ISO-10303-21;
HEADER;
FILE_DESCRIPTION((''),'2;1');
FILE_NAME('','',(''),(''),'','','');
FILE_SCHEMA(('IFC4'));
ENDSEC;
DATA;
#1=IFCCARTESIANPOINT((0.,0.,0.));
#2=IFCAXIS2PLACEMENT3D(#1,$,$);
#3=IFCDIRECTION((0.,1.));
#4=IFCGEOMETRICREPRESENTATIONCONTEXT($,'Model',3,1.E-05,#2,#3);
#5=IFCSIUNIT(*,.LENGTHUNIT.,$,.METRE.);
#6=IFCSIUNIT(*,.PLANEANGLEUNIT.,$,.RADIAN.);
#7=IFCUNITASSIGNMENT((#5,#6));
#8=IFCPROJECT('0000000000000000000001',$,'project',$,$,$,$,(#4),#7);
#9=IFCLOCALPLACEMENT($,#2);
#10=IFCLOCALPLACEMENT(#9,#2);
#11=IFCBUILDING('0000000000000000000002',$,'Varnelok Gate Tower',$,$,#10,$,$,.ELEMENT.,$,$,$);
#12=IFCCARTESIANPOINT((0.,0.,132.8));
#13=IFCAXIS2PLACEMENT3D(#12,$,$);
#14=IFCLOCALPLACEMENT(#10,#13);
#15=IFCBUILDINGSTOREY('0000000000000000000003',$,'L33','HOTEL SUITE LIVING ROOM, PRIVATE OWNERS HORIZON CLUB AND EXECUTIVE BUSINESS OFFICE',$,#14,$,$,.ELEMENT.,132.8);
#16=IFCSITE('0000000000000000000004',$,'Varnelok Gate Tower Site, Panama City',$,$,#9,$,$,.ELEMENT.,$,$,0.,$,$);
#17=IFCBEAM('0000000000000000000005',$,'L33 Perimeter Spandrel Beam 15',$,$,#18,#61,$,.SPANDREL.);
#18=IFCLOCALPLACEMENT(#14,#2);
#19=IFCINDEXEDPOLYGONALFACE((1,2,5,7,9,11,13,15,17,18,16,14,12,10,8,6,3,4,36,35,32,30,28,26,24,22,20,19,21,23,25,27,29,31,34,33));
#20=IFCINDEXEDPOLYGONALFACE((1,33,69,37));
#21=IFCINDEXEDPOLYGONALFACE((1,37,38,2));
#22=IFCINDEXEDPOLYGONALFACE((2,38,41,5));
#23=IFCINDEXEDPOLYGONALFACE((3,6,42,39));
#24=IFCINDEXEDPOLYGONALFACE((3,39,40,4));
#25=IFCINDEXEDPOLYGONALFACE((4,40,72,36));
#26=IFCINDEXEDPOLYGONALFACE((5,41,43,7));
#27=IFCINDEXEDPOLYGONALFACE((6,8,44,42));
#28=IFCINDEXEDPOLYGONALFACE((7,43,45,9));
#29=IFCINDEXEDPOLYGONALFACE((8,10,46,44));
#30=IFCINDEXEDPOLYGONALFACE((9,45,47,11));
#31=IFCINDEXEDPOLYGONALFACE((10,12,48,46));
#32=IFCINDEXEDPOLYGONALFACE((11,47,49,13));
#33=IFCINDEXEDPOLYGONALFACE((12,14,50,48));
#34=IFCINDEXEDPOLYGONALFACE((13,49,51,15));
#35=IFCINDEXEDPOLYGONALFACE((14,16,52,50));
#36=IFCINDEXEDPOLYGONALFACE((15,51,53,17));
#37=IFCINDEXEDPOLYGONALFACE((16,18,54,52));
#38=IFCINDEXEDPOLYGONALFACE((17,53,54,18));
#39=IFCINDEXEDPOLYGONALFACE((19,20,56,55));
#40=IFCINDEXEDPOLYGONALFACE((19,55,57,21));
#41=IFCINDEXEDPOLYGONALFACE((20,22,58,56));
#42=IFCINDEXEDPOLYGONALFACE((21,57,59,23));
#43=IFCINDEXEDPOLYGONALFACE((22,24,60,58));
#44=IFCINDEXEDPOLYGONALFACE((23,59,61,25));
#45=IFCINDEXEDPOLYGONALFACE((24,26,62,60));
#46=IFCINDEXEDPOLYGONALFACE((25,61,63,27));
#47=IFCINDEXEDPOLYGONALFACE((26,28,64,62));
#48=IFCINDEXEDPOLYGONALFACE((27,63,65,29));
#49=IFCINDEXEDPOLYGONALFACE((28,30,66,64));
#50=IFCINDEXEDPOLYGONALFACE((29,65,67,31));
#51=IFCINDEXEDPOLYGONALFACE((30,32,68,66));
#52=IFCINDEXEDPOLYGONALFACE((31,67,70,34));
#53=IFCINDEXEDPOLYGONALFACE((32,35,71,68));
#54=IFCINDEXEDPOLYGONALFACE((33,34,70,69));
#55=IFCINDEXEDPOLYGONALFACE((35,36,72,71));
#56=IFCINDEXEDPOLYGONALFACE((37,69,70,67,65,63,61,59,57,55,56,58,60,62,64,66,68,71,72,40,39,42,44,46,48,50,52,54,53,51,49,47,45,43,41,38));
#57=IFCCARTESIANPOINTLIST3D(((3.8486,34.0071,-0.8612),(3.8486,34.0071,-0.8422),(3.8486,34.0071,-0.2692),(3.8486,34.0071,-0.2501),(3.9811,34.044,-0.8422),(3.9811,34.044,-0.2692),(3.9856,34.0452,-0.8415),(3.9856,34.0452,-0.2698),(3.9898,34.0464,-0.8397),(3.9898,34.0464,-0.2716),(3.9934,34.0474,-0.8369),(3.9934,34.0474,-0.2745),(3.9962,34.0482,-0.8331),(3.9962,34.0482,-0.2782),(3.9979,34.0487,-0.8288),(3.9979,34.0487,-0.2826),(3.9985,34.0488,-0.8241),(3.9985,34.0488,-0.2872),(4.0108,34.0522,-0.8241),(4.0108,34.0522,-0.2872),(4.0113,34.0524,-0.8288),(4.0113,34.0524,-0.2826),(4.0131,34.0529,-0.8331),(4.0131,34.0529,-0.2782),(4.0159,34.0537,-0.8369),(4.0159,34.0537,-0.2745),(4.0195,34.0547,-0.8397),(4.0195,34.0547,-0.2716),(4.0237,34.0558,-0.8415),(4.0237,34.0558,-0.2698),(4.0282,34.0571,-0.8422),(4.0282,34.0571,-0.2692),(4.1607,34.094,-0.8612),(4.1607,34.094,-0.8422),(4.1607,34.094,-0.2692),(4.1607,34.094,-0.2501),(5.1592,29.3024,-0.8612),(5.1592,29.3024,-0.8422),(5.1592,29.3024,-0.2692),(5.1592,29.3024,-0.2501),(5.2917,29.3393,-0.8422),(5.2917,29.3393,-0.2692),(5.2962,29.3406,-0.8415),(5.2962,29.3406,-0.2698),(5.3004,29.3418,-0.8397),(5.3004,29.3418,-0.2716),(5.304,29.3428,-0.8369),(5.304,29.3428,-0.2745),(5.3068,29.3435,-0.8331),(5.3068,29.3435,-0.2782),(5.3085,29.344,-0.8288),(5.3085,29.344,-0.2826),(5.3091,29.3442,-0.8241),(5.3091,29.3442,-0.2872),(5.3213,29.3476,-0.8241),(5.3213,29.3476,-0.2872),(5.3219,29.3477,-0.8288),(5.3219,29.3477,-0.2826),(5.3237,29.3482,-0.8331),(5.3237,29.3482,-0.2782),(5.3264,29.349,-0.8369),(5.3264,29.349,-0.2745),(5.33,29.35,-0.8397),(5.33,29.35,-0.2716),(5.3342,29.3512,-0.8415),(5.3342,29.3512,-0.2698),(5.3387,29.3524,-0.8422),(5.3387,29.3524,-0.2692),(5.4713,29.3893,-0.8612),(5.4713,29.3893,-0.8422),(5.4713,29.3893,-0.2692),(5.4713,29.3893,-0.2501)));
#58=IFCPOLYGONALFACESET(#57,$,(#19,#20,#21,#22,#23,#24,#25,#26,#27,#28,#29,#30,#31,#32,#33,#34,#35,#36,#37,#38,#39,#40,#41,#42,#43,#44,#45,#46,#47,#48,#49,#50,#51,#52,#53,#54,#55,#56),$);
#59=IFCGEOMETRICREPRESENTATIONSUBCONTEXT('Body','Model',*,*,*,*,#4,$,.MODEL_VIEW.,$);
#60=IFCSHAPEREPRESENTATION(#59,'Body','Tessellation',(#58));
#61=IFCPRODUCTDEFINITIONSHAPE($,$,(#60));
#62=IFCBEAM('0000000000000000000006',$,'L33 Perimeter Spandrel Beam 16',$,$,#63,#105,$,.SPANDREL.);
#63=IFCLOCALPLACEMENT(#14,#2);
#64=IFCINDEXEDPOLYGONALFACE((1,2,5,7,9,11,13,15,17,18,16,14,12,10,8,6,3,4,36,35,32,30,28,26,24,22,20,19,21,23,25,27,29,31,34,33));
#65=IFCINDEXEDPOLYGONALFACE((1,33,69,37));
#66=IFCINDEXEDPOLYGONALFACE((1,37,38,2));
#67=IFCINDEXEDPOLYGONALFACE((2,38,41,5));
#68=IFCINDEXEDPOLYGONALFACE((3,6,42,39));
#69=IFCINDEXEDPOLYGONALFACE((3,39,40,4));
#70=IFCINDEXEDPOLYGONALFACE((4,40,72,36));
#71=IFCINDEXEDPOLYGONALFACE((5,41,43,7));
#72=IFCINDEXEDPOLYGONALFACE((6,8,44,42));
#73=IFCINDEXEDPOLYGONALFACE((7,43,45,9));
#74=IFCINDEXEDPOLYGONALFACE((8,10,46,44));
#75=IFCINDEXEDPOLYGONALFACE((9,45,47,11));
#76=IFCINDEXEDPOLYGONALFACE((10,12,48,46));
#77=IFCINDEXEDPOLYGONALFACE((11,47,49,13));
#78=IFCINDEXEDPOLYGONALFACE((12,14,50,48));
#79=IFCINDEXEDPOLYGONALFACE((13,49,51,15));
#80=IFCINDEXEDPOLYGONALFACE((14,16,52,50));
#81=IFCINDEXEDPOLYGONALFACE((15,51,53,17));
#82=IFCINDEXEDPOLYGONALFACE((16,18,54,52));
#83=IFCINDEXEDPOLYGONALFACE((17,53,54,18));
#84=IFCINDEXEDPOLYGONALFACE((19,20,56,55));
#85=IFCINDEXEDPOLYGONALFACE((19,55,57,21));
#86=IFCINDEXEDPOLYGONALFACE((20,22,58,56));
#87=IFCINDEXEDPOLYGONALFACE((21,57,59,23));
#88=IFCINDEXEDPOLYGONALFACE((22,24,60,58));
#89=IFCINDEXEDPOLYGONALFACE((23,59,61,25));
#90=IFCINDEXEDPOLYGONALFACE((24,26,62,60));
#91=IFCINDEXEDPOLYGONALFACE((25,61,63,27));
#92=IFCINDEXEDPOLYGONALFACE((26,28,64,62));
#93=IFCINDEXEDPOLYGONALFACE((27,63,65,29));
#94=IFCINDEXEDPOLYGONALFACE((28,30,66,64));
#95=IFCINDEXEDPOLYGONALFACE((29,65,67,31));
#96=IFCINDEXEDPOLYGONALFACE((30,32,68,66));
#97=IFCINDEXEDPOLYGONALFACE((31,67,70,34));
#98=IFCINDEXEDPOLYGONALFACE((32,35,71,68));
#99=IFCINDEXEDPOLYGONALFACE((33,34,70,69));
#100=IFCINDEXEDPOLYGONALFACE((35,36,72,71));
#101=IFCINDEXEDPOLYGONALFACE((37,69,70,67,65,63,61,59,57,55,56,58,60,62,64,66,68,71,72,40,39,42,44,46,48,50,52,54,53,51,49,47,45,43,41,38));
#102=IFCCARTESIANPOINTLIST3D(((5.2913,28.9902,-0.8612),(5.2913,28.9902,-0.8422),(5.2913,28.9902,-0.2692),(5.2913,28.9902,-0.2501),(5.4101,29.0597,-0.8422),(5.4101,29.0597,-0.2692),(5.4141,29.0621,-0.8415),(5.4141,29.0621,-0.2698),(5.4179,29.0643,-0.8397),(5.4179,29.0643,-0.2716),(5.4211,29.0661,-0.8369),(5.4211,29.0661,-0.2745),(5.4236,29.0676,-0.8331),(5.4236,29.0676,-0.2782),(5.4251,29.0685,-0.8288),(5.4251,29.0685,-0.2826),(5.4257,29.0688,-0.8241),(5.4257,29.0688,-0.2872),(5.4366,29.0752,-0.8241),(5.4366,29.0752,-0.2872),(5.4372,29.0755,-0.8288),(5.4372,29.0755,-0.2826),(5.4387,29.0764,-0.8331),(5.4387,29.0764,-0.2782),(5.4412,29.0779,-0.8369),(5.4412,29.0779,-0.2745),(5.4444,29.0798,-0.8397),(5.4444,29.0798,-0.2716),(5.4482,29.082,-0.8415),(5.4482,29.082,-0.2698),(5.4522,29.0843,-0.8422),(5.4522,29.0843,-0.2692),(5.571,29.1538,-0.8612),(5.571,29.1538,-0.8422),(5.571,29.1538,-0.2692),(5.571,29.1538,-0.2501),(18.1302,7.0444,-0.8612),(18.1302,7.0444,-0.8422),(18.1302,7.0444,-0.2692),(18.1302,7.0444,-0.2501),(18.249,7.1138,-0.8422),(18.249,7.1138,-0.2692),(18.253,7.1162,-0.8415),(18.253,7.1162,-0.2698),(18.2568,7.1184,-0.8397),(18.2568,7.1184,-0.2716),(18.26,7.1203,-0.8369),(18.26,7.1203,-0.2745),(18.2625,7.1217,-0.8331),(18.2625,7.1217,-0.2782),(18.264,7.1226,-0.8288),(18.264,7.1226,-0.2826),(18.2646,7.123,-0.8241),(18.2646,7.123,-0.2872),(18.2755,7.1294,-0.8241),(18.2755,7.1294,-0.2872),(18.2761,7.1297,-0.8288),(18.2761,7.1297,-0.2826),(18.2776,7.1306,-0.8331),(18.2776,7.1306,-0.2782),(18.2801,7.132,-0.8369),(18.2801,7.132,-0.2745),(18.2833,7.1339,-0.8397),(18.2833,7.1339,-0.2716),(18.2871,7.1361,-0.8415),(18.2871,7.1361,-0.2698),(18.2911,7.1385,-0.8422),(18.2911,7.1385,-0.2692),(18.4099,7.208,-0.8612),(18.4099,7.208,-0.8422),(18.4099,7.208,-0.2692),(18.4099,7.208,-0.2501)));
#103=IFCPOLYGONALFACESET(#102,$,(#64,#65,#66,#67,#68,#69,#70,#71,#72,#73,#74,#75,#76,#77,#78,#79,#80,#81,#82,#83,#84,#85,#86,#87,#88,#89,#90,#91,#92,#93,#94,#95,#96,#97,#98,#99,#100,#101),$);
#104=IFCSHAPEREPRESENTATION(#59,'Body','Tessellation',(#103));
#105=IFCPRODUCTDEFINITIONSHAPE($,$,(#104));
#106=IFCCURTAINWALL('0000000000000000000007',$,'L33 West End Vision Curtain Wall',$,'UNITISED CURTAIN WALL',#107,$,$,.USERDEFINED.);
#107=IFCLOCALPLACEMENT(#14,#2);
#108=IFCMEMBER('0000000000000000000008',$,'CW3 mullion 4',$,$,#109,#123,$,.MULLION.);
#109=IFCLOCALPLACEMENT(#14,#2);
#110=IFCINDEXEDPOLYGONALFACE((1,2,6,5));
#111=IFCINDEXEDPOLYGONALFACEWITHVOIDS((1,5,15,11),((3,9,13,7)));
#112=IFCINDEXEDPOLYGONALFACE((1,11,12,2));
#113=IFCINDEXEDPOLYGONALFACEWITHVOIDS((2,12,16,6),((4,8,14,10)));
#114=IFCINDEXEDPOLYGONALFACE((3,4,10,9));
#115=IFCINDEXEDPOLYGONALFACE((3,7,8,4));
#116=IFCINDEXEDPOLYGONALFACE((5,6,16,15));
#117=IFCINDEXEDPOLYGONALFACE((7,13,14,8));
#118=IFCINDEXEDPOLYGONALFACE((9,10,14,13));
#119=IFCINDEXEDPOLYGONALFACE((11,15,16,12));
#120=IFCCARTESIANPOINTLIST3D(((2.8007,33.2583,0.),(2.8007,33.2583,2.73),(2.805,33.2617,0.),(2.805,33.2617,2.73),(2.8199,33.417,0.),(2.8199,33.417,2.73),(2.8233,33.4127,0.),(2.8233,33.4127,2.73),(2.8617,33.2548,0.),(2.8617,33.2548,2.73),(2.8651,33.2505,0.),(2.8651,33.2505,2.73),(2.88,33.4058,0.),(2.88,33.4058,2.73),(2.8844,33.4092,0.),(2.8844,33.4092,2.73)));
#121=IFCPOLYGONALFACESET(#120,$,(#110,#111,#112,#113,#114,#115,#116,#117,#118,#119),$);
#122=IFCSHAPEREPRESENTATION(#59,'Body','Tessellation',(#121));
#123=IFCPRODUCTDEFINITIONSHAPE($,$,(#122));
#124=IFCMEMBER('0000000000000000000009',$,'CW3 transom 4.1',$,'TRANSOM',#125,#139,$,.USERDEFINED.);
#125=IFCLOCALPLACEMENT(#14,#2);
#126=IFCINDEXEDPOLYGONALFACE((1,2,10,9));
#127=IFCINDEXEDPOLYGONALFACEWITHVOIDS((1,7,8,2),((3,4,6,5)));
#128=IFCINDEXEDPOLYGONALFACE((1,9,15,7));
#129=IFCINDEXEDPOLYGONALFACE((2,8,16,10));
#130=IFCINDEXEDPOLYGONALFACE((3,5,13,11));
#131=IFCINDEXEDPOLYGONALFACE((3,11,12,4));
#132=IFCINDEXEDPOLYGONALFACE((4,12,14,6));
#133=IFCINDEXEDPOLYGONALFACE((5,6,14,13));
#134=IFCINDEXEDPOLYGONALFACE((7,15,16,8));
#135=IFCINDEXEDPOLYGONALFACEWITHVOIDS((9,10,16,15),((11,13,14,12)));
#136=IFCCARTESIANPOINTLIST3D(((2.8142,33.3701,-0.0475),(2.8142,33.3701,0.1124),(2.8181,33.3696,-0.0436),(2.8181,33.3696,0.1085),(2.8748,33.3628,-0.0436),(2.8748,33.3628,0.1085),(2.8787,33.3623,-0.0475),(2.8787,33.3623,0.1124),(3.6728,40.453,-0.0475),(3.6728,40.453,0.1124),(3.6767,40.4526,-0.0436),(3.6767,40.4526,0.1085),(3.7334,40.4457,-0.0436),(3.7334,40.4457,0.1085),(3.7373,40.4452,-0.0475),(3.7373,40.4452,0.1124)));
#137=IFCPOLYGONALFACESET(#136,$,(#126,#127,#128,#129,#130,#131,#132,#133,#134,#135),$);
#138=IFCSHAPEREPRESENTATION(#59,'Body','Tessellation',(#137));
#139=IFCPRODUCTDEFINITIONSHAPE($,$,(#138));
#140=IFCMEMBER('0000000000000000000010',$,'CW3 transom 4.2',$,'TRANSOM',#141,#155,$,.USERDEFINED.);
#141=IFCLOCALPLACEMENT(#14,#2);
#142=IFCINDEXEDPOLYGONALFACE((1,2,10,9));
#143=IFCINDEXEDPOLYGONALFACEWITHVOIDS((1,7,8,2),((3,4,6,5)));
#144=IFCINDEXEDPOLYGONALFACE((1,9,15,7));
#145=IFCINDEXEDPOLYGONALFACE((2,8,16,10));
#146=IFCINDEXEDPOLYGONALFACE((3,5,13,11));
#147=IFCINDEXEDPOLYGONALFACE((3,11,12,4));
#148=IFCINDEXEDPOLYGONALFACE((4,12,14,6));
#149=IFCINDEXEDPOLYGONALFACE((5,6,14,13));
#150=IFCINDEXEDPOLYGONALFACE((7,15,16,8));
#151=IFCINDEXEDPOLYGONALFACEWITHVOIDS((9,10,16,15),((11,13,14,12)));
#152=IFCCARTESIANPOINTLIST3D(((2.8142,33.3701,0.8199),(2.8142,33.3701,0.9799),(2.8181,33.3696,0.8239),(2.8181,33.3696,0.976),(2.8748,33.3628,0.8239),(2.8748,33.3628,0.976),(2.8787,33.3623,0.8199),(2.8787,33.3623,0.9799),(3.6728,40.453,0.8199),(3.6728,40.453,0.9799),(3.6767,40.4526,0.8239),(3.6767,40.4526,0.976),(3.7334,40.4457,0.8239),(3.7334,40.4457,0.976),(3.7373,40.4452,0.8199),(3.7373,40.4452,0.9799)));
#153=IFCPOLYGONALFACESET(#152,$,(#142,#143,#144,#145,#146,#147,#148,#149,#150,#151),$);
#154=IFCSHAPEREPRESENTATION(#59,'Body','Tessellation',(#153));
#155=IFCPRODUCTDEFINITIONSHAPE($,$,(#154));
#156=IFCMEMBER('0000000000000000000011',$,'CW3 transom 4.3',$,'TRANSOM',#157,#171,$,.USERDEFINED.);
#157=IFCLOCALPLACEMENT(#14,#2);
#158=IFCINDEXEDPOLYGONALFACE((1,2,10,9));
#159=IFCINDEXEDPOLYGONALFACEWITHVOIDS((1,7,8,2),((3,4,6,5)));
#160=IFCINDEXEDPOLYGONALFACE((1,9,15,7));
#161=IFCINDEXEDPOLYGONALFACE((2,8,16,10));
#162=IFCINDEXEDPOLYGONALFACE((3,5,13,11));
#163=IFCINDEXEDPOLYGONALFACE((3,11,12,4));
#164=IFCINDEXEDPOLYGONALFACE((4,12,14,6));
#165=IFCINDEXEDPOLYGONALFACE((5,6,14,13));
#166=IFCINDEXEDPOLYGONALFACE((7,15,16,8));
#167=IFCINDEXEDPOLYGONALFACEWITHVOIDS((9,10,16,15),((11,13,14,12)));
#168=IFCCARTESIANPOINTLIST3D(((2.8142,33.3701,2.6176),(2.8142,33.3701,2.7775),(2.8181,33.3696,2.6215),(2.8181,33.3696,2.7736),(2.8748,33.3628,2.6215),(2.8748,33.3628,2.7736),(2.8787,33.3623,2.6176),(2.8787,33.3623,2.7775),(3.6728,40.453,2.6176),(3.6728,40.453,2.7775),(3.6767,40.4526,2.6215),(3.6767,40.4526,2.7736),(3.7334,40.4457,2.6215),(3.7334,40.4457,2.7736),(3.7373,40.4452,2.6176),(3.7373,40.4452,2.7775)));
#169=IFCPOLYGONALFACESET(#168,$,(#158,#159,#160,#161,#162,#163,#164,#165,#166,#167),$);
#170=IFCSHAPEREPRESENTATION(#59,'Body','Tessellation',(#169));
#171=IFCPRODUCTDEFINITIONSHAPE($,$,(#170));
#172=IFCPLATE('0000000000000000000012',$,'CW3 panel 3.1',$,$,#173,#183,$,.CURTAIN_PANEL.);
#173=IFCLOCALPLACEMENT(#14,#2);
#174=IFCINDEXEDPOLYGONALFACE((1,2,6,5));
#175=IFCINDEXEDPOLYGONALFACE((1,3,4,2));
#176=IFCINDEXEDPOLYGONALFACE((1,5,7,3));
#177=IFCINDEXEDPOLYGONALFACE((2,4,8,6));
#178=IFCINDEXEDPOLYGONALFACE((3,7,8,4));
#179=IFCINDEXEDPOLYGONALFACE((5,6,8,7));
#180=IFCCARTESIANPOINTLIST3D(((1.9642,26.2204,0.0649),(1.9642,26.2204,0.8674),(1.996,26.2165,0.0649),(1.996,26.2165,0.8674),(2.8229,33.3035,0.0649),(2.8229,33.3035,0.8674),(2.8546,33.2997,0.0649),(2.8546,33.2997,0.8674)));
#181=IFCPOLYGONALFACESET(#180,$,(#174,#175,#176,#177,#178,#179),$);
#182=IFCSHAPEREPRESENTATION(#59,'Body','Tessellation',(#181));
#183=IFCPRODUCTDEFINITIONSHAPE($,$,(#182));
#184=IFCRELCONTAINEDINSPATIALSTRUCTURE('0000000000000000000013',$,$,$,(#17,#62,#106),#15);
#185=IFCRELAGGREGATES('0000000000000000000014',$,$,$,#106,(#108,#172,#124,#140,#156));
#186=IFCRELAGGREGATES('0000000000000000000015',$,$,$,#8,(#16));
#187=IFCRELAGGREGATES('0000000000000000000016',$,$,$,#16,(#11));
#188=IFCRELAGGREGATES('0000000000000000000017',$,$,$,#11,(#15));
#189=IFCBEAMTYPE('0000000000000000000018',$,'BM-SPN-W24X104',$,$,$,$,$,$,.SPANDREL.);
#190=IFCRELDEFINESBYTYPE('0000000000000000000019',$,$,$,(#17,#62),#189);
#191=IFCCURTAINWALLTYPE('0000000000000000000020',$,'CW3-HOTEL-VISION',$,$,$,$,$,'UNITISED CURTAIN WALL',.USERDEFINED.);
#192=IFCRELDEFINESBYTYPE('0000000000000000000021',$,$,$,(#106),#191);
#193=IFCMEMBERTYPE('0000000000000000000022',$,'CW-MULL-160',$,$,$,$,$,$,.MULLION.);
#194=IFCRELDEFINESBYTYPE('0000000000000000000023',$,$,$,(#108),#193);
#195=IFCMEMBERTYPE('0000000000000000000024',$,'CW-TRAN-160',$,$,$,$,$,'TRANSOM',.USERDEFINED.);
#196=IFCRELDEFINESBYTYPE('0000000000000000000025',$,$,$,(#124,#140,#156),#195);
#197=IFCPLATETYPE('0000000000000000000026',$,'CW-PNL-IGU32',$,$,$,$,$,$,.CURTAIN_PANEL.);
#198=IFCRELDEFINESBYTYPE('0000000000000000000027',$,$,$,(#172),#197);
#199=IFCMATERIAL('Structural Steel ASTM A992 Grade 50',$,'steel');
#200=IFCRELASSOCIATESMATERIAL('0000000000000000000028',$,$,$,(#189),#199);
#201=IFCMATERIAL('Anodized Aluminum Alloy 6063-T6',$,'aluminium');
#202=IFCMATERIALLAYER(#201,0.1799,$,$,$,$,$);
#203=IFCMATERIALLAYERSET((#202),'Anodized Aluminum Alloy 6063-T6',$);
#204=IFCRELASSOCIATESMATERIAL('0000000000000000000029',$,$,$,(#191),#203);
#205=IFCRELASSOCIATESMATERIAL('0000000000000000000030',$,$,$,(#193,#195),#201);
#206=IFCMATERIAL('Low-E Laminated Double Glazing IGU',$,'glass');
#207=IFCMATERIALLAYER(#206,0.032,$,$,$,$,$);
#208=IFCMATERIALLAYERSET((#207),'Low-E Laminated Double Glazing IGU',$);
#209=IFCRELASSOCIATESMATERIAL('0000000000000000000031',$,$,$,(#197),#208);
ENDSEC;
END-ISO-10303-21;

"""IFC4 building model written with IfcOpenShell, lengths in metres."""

from ifc_helpers import new_model, si_unit, direction, frame, origin, origin_2d, place, context, subcontext, project, spatial, rectangle, hollow_rectangle, i_section, extrude, source, transform, mapped, material, layer, layer_set, material_profile, profile_set, type_object, element, aggregate, save


model = new_model("IFC4")

# Units and contexts
model_context = context("Model", 3, precision=1e-05, world=origin(), true_north=direction((0.0, 1.0)))
body_context = subcontext(model_context, "Body", "Model", "MODEL_VIEW")
ifc_project = project(units=[si_unit("LENGTHUNIT", "METRE"), si_unit("PLANEANGLEUNIT", "RADIAN")], contexts=[model_context])

# Site, building, storey
site_placement = place(None, origin())
site = spatial("IfcSite", under=ifc_project, at=site_placement, Name="Varnelok Gate Tower Site, Panama City", CompositionType="ELEMENT", RefElevation=0.0)
building_placement = place(site_placement, origin())
building = spatial("IfcBuilding", under=site, at=building_placement, Name="Varnelok Gate Tower", CompositionType="ELEMENT")
storey_placement = place(building_placement, frame((0.0, 0.0, 132.8)))
storey = spatial("IfcBuildingStorey", under=building, at=storey_placement, Name="L33", Description="HOTEL SUITE LIVING ROOM, PRIVATE OWNERS HORIZON CLUB AND EXECUTIVE BUSINESS OFFICE", CompositionType="ELEMENT", Elevation=132.8)

# Shared definitions
ifc_material_1 = material(Name="Structural Steel ASTM A992 Grade 50", Category="steel")

# Beams
ifc_material_profile_1 = material_profile(ifc_material_1, i_section(OverallWidth=0.324, OverallDepth=0.6111, WebThickness=0.0127, FlangeThickness=0.019, FilletRadius=0.0181, at=origin_2d()), Name="W24X104")
ifc_profile_set_1 = profile_set([ifc_material_profile_1], Name="Structural Steel ASTM A992 Grade 50")
beam_type_1 = type_object("IfcBeamType", Name="BM-SPN-W24X104", PredefinedType="SPANDREL", material=ifc_profile_set_1)
beam_1_placement = place(storey_placement, frame((4.0046, 34.0505, -0.5557), z_axis=(0.26835, -0.963321, 0.0), x_axis=(0.963321, 0.26835, 0.0)))
element("IfcBeam", 1, at=beam_1_placement, inside=storey, type_object=beam_type_1, Name="L33 Perimeter Spandrel Beam 15", PredefinedType="SPANDREL", context=body_context, shape_type="SweptSolid", body=[
    extrude(i_section(OverallWidth=0.324, OverallDepth=0.6111, WebThickness=0.0127, FlangeThickness=0.019, FilletRadius=0.0181, at=origin_2d()), origin(), (0.0, 0.0, 1.0), 4.8838),
])
beam_2_placement = place(storey_placement, frame((5.4312, 29.072, -0.5557), z_axis=(0.504961, -0.863142, 0.0), x_axis=(0.863142, 0.504961, 0.0)))
element("IfcBeam", 2, at=beam_2_placement, inside=storey, type_object=beam_type_1, Name="L33 Perimeter Spandrel Beam 16", PredefinedType="SPANDREL", context=body_context, shape_type="SweptSolid", body=[
    extrude(i_section(OverallWidth=0.324, OverallDepth=0.6111, WebThickness=0.0127, FlangeThickness=0.019, FilletRadius=0.0181, at=origin_2d()), origin(), (0.0, 0.0, 1.0), 25.4255),
])

# Curtain wall, members, plate
ifc_material_2 = material(Name="Anodized Aluminum Alloy 6063-T6", Category="aluminium")
ifc_layer_1 = layer(ifc_material_2, 0.1799)
ifc_layer_set_1 = layer_set([ifc_layer_1], Name="Anodized Aluminum Alloy 6063-T6")
curtain_wall_type = type_object("IfcCurtainWallType", Name="CW3-HOTEL-VISION", ElementType="UNITISED CURTAIN WALL", PredefinedType="USERDEFINED", material=ifc_layer_set_1)
curtain_wall_placement = place(storey_placement, origin())
curtain_wall = element("IfcCurtainWall", 3, at=curtain_wall_placement, inside=storey, type_object=curtain_wall_type, Name="L33 West End Vision Curtain Wall", ObjectType="UNITISED CURTAIN WALL", PredefinedType="USERDEFINED")
ifc_material_profile_2 = material_profile(ifc_material_2, hollow_rectangle(XDim=0.0649, YDim=0.1599, WallThickness=0.0039, at=origin_2d()), Name="ALU160X65X4")
ifc_profile_set_2 = profile_set([ifc_material_profile_2], Name="Anodized Aluminum Alloy 6063-T6")
member_type_1 = type_object("IfcMemberType", Name="CW-MULL-160", PredefinedType="MULLION", material=ifc_profile_set_2)
member_1_placement = place(storey_placement, frame((2.8425, 33.3337, 0.0), z_axis=(0.0, 0.0, 1.0), x_axis=(-0.992732, 0.120347, 0.0)))
member_1 = element("IfcMember", 4, at=member_1_placement, type_object=member_type_1, Name="CW3 mullion 4", PredefinedType="MULLION", context=body_context, shape_type="SweptSolid", body=[
    extrude(hollow_rectangle(XDim=0.0649, YDim=0.1599, WallThickness=0.0039, at=origin_2d()), origin(), (0.0, 0.0, 1.0), 2.73),
])
ifc_material_profile_3 = material_profile(ifc_material_2, hollow_rectangle(XDim=0.0649, YDim=0.1599, WallThickness=0.0039, at=origin_2d()), Name="ALU160X65X4")
ifc_profile_set_3 = profile_set([ifc_material_profile_3], Name="Anodized Aluminum Alloy 6063-T6")
member_type_2 = type_object("IfcMemberType", Name="CW-TRAN-160", ElementType="TRANSOM", PredefinedType="USERDEFINED", material=ifc_profile_set_3)
member_2_placement = place(storey_placement, frame((2.8464, 33.3662, 0.0325), z_axis=(0.120345, 0.992732, 0.0), x_axis=(-0.992732, 0.120345, 0.0)))
member_2 = element("IfcMember", 5, at=member_2_placement, type_object=member_type_2, Name="CW3 transom 4.1", ObjectType="TRANSOM", PredefinedType="USERDEFINED", context=body_context, shape_type="SweptSolid", body=[
    extrude(hollow_rectangle(XDim=0.0649, YDim=0.1599, WallThickness=0.0039, at=origin_2d()), origin(), (0.0, 0.0, 1.0), 7.1348),
])
member_3_placement = place(storey_placement, frame((2.8464, 33.3662, 0.8999), z_axis=(0.120345, 0.992732, 0.0), x_axis=(-0.992732, 0.120345, 0.0)))
member_3 = element("IfcMember", 6, at=member_3_placement, type_object=member_type_2, Name="CW3 transom 4.2", ObjectType="TRANSOM", PredefinedType="USERDEFINED", context=body_context, shape_type="SweptSolid", body=[
    extrude(hollow_rectangle(XDim=0.0649, YDim=0.1599, WallThickness=0.0039, at=origin_2d()), origin(), (0.0, 0.0, 1.0), 7.1348),
])
member_4_placement = place(storey_placement, frame((2.8464, 33.3662, 2.6975), z_axis=(0.120345, 0.992732, 0.0), x_axis=(-0.992732, 0.120345, 0.0)))
member_4 = element("IfcMember", 7, at=member_4_placement, type_object=member_type_2, Name="CW3 transom 4.3", ObjectType="TRANSOM", PredefinedType="USERDEFINED", context=body_context, shape_type="SweptSolid", body=[
    extrude(hollow_rectangle(XDim=0.0649, YDim=0.1599, WallThickness=0.0039, at=origin_2d()), origin(), (0.0, 0.0, 1.0), 7.1348),
])
ifc_material_3 = material(Name="Low-E Laminated Double Glazing IGU", Category="glass")
ifc_layer_2 = layer(ifc_material_3, 0.032)
ifc_layer_set_2 = layer_set([ifc_layer_2], Name="Low-E Laminated Double Glazing IGU")
plate_type = type_object("IfcPlateType", Name="CW-PNL-IGU32", PredefinedType="CURTAIN_PANEL", material=ifc_layer_set_2)
shared_shape_1 = source(origin(), body_context, "Body", "SweptSolid", [
    extrude(rectangle(XDim=7.135, YDim=0.032, at=origin_2d()), origin(), (0.0, 0.0, 1.0), 0.8025),
])
plate_1_placement = place(storey_placement, frame((2.4094, 29.76, 0.0649), z_axis=(0.0, 0.0, 1.0), x_axis=(0.120347, 0.992732, 0.0)))
plate_1 = element("IfcPlate", 8, at=plate_1_placement, type_object=plate_type, Name="CW3 panel 3.1", PredefinedType="CURTAIN_PANEL", context=body_context, shape_type="MappedRepresentation", body=[
    mapped(shared_shape_1, transform((0.0, 0.0, 0.0), scale=1.0)),
])
aggregate(curtain_wall, [member_1, plate_1, member_2, member_3, member_4])

save(model, "model.ifc")
